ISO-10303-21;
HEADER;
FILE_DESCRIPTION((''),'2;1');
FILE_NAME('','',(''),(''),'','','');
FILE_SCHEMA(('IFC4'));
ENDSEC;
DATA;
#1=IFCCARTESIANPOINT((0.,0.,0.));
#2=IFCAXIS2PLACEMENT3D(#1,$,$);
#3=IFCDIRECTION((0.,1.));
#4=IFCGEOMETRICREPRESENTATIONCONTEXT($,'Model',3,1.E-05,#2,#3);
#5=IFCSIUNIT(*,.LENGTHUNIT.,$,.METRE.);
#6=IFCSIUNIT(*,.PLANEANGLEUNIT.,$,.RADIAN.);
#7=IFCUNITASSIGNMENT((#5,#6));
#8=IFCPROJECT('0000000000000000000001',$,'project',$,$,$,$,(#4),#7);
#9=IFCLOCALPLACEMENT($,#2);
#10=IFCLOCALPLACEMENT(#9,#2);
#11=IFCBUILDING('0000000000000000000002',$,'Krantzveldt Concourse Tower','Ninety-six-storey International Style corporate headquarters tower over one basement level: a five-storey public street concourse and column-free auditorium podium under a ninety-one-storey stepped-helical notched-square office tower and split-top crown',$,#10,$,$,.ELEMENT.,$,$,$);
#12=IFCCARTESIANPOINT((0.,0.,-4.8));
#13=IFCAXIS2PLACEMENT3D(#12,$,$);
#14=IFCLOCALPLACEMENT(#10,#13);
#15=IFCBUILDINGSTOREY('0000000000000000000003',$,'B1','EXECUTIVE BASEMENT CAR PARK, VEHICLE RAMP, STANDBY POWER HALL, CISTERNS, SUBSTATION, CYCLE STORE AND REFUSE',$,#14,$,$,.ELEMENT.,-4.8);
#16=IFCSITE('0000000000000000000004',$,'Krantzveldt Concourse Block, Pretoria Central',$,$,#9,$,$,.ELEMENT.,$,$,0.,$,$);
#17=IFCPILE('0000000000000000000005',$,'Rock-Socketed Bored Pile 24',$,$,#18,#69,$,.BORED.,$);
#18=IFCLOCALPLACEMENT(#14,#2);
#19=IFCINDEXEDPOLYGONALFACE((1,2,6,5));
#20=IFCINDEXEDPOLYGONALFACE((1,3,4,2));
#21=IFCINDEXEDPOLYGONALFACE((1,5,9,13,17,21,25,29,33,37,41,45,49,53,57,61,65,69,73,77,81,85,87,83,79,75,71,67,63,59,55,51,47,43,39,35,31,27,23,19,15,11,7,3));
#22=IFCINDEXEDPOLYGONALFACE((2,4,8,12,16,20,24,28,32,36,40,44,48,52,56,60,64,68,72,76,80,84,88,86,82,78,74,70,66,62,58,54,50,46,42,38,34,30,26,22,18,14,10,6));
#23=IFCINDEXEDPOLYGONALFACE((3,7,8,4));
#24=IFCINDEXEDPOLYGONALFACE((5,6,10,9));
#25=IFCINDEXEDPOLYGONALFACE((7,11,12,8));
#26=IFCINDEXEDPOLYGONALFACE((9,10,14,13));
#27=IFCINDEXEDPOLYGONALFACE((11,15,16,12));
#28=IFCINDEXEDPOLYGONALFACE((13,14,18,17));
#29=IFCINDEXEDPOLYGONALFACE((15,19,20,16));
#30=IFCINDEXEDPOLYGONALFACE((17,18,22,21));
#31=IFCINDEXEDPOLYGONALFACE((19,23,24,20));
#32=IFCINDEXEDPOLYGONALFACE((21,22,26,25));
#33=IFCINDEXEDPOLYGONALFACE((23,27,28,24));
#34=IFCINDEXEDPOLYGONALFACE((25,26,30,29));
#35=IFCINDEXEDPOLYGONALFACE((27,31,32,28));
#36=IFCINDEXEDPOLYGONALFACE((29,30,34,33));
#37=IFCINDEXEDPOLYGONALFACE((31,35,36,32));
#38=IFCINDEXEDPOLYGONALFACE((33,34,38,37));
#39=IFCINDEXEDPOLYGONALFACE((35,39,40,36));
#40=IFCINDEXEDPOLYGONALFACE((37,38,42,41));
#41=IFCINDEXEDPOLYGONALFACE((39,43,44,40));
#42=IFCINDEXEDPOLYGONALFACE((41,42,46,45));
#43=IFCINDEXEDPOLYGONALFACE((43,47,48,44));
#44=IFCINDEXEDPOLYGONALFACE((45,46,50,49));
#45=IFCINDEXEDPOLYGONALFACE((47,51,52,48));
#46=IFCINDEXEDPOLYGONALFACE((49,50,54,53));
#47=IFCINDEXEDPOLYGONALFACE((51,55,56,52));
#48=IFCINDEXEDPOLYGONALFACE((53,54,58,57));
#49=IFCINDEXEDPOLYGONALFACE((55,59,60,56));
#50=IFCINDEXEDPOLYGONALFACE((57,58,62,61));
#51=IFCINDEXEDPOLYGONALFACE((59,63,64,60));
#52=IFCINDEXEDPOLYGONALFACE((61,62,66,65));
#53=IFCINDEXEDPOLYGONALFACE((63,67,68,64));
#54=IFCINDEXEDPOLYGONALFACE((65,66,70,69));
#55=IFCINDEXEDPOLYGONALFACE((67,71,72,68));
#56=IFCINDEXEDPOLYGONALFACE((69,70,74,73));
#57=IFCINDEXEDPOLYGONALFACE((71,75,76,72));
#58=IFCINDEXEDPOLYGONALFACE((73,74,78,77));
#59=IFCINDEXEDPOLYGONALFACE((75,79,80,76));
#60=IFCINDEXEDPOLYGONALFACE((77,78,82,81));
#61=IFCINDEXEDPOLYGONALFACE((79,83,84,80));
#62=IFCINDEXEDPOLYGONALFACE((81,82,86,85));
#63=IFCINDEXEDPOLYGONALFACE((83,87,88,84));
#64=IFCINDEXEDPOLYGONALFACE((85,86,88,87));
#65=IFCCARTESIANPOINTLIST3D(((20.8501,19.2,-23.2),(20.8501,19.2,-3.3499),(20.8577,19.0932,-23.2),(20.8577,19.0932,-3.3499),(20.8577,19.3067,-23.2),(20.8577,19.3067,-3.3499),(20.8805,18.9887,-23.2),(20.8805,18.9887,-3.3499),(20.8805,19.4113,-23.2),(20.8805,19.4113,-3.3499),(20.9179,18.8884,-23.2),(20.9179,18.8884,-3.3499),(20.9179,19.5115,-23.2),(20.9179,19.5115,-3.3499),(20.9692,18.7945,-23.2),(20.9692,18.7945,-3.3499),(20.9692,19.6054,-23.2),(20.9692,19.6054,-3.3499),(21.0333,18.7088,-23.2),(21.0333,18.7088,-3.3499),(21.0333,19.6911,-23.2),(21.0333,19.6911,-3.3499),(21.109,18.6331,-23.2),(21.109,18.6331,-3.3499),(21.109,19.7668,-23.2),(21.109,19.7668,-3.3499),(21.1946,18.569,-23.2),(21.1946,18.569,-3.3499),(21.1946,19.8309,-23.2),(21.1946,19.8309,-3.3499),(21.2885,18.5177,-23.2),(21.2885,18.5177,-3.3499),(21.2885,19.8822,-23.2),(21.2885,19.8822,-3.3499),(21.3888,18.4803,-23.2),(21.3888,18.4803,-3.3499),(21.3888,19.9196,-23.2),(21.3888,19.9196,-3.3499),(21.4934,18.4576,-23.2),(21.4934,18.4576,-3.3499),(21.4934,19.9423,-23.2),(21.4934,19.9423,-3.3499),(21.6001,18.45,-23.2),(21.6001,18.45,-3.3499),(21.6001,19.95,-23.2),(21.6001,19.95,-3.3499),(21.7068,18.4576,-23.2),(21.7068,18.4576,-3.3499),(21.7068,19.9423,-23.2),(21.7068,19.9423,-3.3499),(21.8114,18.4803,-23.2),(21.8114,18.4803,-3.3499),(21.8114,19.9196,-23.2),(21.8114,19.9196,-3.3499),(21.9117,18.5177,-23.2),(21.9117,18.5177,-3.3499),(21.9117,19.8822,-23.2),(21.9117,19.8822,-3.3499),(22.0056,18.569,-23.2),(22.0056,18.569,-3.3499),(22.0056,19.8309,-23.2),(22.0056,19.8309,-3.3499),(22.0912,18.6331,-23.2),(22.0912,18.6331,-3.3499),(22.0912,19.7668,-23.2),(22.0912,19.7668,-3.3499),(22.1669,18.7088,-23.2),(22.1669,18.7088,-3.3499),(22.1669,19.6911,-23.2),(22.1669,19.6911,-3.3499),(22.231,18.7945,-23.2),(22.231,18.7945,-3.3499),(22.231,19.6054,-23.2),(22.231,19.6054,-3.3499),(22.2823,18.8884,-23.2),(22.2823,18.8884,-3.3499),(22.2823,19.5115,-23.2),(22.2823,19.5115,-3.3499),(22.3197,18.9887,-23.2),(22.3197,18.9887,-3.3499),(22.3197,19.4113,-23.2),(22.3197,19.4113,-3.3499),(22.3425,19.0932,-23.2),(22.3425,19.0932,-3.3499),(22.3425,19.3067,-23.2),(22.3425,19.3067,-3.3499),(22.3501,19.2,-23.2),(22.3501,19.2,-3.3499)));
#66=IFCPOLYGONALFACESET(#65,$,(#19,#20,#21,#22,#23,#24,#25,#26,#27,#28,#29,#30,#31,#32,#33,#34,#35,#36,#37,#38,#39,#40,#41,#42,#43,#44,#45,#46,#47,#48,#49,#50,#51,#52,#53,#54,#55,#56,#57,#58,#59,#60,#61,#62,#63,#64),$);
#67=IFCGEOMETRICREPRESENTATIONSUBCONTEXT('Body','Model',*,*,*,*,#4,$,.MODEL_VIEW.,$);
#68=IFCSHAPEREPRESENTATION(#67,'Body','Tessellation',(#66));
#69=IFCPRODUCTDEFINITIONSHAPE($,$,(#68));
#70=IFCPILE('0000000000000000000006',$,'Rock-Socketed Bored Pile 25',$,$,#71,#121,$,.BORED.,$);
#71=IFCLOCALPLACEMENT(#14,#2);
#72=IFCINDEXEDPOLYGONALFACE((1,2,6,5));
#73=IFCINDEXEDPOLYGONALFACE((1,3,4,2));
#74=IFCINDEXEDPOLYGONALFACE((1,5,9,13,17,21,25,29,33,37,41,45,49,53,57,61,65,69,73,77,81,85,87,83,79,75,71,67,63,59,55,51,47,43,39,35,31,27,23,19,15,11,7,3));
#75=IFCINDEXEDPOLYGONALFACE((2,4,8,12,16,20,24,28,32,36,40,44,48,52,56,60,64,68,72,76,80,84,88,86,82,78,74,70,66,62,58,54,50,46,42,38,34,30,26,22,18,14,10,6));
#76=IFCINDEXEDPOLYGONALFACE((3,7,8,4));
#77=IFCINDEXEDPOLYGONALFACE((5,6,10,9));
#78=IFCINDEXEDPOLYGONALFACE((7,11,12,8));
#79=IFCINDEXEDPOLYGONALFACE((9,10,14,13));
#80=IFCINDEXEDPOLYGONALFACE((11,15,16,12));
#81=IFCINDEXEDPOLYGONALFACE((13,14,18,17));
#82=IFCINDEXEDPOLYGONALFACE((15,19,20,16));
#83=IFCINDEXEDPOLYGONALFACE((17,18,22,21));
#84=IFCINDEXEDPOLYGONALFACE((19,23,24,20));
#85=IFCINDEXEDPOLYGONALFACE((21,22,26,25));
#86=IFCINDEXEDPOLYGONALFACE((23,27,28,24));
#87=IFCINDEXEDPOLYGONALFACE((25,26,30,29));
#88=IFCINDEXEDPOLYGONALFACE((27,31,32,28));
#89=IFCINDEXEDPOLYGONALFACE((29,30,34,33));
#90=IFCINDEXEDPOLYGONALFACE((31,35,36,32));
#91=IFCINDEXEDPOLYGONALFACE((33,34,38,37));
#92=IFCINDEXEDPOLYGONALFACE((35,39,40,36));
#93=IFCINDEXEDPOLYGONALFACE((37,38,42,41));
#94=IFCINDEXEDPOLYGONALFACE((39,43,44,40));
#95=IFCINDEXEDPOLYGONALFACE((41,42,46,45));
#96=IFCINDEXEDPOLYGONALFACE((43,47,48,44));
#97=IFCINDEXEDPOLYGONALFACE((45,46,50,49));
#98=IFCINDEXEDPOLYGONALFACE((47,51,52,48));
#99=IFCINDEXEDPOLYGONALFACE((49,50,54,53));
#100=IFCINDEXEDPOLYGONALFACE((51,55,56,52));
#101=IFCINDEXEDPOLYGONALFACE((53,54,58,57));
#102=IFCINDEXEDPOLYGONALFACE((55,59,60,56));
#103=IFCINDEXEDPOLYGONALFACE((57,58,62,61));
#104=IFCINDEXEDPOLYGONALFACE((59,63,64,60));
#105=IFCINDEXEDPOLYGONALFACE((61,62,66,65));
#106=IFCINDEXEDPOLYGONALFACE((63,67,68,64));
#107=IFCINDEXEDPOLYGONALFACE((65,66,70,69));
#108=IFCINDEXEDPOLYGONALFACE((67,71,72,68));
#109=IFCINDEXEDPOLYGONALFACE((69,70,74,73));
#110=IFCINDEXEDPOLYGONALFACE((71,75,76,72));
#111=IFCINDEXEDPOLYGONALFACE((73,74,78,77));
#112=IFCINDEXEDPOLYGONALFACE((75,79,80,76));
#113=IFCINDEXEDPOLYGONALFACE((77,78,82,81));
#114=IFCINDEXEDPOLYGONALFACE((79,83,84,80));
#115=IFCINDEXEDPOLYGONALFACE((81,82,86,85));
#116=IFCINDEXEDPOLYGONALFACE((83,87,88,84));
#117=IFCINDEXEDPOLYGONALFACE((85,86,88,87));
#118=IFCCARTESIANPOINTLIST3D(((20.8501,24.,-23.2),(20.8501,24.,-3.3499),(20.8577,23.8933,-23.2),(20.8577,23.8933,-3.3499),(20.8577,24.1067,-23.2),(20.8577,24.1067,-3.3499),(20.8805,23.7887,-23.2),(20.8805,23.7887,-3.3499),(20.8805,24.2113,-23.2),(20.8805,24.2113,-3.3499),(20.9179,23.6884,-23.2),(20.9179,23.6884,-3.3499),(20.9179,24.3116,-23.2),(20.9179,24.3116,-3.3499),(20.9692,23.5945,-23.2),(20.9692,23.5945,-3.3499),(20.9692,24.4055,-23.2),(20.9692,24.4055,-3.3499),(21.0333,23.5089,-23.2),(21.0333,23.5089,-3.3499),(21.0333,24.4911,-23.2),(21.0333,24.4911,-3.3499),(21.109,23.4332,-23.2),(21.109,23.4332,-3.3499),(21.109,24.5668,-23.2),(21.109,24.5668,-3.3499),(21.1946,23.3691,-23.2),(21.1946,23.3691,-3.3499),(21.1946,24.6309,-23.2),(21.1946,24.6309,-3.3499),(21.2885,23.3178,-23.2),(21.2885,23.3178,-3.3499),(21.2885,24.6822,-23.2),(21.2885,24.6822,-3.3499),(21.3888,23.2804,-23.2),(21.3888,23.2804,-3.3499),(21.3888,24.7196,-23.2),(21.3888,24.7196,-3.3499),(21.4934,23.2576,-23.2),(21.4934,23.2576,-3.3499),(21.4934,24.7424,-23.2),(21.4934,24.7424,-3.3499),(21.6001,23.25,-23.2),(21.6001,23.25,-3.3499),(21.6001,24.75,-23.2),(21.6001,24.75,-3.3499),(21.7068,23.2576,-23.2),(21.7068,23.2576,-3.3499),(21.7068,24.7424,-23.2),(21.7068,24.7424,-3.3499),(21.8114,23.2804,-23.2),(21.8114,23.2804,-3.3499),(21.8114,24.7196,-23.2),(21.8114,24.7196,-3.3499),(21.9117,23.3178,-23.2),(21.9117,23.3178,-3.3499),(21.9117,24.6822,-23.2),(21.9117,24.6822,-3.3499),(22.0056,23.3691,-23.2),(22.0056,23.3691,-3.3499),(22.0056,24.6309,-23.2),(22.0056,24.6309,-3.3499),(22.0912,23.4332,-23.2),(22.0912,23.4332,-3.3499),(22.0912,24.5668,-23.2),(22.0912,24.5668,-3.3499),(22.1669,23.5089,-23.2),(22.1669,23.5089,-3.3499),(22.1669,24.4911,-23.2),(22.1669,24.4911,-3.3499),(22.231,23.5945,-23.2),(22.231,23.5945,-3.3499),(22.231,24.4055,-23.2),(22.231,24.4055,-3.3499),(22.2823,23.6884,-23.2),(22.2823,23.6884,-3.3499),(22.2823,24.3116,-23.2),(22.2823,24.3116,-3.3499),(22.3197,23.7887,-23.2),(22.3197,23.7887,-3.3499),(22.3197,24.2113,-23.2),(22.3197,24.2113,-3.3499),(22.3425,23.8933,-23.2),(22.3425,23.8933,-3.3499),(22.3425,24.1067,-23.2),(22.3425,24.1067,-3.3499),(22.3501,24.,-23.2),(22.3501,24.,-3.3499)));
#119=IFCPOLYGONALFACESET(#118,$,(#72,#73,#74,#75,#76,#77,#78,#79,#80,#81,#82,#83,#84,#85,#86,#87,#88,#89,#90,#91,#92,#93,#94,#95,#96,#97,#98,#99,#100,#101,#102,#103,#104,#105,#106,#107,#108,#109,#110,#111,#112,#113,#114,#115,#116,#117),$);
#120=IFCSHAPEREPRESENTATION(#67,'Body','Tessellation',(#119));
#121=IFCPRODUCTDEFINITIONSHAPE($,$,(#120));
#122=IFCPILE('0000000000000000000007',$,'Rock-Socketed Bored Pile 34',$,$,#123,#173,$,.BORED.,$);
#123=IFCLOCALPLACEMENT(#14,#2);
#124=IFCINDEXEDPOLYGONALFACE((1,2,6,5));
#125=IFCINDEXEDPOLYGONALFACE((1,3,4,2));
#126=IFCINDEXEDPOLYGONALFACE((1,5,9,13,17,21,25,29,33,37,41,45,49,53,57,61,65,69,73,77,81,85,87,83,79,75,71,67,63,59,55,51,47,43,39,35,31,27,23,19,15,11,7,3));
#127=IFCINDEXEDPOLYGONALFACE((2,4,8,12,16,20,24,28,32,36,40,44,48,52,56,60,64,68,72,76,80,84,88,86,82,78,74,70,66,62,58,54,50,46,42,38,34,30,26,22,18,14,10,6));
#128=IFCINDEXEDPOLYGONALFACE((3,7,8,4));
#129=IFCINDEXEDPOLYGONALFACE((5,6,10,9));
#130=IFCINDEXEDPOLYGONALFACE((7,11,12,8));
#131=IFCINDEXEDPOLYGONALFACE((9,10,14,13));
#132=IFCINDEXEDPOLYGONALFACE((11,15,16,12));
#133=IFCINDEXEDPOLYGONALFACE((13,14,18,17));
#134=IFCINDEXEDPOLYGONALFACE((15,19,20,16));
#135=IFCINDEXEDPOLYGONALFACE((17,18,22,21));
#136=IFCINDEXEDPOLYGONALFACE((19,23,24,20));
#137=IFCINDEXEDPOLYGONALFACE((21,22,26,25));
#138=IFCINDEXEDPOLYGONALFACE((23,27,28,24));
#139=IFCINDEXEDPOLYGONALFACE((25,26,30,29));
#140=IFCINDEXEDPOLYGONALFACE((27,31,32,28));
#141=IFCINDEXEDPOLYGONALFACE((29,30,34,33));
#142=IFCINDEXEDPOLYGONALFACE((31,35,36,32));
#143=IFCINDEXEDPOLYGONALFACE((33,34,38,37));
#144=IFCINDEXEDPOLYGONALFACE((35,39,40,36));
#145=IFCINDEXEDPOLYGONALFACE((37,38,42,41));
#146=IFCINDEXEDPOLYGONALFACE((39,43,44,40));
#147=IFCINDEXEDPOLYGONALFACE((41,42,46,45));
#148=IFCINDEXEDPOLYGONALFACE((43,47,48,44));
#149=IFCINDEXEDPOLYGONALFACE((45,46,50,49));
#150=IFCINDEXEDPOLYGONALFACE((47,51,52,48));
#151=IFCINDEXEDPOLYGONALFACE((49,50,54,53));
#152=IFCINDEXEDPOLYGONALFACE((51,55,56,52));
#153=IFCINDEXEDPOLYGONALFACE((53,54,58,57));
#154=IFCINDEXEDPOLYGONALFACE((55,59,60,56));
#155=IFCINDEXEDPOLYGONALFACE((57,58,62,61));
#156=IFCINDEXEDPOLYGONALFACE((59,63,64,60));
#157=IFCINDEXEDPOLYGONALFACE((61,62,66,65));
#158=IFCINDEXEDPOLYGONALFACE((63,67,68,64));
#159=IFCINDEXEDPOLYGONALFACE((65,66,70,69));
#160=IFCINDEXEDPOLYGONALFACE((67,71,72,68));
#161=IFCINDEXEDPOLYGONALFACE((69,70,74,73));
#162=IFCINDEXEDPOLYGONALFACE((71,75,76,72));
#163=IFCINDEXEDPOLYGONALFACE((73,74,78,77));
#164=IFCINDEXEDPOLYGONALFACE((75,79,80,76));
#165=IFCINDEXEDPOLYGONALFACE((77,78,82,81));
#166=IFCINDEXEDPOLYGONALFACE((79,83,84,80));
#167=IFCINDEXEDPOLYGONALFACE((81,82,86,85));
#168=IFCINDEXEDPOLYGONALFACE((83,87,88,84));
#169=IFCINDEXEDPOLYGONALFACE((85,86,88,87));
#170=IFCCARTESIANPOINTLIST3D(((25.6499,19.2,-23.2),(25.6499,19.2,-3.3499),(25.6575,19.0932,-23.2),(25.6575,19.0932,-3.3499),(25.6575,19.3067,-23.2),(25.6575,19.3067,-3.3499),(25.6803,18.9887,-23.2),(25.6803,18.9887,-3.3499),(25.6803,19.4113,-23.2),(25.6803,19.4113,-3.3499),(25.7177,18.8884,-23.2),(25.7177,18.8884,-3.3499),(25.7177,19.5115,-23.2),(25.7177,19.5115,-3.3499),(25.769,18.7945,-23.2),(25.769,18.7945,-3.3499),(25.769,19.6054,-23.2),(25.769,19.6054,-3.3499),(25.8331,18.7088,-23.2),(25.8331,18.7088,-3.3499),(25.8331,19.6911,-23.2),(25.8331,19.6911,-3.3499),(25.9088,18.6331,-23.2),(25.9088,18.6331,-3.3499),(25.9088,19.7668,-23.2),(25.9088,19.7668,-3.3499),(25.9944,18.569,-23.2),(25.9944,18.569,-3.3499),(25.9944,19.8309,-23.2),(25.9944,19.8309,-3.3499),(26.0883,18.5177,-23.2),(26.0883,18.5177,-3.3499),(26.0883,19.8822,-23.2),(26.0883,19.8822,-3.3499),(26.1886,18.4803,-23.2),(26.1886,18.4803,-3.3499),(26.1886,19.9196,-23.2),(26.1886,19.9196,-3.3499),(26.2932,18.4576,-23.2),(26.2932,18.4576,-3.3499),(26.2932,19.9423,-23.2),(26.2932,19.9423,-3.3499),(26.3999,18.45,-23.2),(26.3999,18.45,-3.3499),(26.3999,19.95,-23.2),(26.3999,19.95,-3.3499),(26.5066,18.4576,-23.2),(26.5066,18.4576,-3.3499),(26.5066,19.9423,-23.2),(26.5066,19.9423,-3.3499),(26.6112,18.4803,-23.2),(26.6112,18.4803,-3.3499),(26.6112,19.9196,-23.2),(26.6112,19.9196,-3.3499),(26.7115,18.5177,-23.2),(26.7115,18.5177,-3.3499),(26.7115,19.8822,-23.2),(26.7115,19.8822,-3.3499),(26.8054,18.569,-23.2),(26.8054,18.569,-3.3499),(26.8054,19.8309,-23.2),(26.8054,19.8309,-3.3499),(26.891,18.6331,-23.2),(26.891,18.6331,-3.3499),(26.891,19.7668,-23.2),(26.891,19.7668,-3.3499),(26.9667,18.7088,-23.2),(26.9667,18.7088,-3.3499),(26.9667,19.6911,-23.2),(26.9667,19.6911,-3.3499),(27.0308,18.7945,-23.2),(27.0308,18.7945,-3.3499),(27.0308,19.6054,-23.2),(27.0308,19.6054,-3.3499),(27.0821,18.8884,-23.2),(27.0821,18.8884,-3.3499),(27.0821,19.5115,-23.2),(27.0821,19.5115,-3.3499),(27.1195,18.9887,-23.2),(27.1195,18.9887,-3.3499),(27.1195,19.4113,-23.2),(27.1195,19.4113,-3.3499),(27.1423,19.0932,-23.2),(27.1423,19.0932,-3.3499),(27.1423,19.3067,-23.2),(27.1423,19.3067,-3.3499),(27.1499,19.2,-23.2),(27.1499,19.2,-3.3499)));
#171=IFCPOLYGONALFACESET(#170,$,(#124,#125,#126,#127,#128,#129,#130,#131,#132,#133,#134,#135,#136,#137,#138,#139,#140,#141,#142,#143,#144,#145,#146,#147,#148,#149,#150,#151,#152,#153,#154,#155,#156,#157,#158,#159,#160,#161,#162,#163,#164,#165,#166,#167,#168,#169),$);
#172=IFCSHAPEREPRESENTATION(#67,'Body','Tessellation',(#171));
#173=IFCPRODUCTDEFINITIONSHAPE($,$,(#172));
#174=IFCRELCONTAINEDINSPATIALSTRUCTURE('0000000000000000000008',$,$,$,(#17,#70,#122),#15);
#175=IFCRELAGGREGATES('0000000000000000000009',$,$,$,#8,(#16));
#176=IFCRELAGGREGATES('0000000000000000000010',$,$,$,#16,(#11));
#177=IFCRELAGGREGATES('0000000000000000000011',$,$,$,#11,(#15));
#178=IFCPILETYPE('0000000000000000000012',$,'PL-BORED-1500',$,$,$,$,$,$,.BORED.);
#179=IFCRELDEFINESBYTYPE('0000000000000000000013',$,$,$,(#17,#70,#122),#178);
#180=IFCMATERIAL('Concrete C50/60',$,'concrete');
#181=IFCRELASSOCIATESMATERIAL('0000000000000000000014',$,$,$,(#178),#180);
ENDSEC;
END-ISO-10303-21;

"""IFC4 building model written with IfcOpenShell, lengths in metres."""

from ifc_helpers import new_model, si_unit, direction, frame, origin, origin_2d, place, context, subcontext, project, spatial, circle, extrude, source, transform, mapped, material, material_profile, profile_set, type_object, type_shapes, element, save


model = new_model("IFC4")

# Units and contexts
model_context = context("Model", 3, precision=1e-05, world=origin(), true_north=direction((0.0, 1.0)))
body_context = subcontext(model_context, "Body", "Model", "MODEL_VIEW")
ifc_project = project(units=[si_unit("LENGTHUNIT", "METRE"), si_unit("PLANEANGLEUNIT", "RADIAN")], contexts=[model_context])

# Site, building, storey
site_placement = place(None, origin())
site = spatial("IfcSite", under=ifc_project, at=site_placement, Name="Krantzveldt Concourse Block, Pretoria Central", CompositionType="ELEMENT", RefElevation=0.0)
building_placement = place(site_placement, origin())
building = spatial("IfcBuilding", under=site, at=building_placement, Name="Krantzveldt Concourse Tower", Description="Ninety-six-storey International Style corporate headquarters tower over one basement level: a five-storey public street concourse and column-free auditorium podium under a ninety-one-storey stepped-helical notched-square office tower and split-top crown", CompositionType="ELEMENT")
storey_placement = place(building_placement, frame((0.0, 0.0, -4.8)))
storey = spatial("IfcBuildingStorey", under=building, at=storey_placement, Name="B1", Description="EXECUTIVE BASEMENT CAR PARK, VEHICLE RAMP, STANDBY POWER HALL, CISTERNS, SUBSTATION, CYCLE STORE AND REFUSE", CompositionType="ELEMENT", Elevation=-4.8)

# Piles
ifc_material_1 = material(Name="Concrete C50/60", Category="concrete")
ifc_material_profile_1 = material_profile(ifc_material_1, circle(Radius=0.75, at=origin_2d()), Name="Concrete C50/60", Category="concrete")
ifc_profile_set_1 = profile_set([ifc_material_profile_1], Name="Concrete C50/60 - PILE D1500")
pile_type = type_object("IfcPileType", Name="PL-BORED-1500", PredefinedType="BORED", material=ifc_profile_set_1)
shared_shape_1 = source(origin(), body_context, "Body", "SweptSolid", [
    extrude(circle(Radius=0.75, at=origin_2d()), origin(), (0.0, 0.0, 1.0), 19.8501),
])
type_shapes(pile_type, [shared_shape_1])
for number, where, z_axis, x_axis, name in (
    (1, (21.6001, 19.2, -3.3499), (0.0, 0.0, -1.0), (1.0, 0.0, 0.0), "Rock-Socketed Bored Pile 24"),
    (2, (21.6001, 24.0, -3.3499), (0.0, 0.0, -1.0), (1.0, 0.0, 0.0), "Rock-Socketed Bored Pile 25"),
    (3, (26.3999, 19.2, -3.3499), (0.0, 0.0, -1.0), (1.0, 0.0, 0.0), "Rock-Socketed Bored Pile 34"),
):
    element("IfcPile", number, at=place(storey_placement, frame(where, z_axis=z_axis, x_axis=x_axis)), inside=storey, type_object=pile_type, Name=name, PredefinedType="BORED", context=body_context, shape_type="MappedRepresentation", body=[
        mapped(shared_shape_1, transform((0.0, 0.0, 0.0), x_axis=(1.0, 0.0, 0.0), y_axis=(0.0, 1.0, 0.0), z_axis=(0.0, 0.0, 1.0), scale=1.0)),
    ])

save(model, "model.ifc")
